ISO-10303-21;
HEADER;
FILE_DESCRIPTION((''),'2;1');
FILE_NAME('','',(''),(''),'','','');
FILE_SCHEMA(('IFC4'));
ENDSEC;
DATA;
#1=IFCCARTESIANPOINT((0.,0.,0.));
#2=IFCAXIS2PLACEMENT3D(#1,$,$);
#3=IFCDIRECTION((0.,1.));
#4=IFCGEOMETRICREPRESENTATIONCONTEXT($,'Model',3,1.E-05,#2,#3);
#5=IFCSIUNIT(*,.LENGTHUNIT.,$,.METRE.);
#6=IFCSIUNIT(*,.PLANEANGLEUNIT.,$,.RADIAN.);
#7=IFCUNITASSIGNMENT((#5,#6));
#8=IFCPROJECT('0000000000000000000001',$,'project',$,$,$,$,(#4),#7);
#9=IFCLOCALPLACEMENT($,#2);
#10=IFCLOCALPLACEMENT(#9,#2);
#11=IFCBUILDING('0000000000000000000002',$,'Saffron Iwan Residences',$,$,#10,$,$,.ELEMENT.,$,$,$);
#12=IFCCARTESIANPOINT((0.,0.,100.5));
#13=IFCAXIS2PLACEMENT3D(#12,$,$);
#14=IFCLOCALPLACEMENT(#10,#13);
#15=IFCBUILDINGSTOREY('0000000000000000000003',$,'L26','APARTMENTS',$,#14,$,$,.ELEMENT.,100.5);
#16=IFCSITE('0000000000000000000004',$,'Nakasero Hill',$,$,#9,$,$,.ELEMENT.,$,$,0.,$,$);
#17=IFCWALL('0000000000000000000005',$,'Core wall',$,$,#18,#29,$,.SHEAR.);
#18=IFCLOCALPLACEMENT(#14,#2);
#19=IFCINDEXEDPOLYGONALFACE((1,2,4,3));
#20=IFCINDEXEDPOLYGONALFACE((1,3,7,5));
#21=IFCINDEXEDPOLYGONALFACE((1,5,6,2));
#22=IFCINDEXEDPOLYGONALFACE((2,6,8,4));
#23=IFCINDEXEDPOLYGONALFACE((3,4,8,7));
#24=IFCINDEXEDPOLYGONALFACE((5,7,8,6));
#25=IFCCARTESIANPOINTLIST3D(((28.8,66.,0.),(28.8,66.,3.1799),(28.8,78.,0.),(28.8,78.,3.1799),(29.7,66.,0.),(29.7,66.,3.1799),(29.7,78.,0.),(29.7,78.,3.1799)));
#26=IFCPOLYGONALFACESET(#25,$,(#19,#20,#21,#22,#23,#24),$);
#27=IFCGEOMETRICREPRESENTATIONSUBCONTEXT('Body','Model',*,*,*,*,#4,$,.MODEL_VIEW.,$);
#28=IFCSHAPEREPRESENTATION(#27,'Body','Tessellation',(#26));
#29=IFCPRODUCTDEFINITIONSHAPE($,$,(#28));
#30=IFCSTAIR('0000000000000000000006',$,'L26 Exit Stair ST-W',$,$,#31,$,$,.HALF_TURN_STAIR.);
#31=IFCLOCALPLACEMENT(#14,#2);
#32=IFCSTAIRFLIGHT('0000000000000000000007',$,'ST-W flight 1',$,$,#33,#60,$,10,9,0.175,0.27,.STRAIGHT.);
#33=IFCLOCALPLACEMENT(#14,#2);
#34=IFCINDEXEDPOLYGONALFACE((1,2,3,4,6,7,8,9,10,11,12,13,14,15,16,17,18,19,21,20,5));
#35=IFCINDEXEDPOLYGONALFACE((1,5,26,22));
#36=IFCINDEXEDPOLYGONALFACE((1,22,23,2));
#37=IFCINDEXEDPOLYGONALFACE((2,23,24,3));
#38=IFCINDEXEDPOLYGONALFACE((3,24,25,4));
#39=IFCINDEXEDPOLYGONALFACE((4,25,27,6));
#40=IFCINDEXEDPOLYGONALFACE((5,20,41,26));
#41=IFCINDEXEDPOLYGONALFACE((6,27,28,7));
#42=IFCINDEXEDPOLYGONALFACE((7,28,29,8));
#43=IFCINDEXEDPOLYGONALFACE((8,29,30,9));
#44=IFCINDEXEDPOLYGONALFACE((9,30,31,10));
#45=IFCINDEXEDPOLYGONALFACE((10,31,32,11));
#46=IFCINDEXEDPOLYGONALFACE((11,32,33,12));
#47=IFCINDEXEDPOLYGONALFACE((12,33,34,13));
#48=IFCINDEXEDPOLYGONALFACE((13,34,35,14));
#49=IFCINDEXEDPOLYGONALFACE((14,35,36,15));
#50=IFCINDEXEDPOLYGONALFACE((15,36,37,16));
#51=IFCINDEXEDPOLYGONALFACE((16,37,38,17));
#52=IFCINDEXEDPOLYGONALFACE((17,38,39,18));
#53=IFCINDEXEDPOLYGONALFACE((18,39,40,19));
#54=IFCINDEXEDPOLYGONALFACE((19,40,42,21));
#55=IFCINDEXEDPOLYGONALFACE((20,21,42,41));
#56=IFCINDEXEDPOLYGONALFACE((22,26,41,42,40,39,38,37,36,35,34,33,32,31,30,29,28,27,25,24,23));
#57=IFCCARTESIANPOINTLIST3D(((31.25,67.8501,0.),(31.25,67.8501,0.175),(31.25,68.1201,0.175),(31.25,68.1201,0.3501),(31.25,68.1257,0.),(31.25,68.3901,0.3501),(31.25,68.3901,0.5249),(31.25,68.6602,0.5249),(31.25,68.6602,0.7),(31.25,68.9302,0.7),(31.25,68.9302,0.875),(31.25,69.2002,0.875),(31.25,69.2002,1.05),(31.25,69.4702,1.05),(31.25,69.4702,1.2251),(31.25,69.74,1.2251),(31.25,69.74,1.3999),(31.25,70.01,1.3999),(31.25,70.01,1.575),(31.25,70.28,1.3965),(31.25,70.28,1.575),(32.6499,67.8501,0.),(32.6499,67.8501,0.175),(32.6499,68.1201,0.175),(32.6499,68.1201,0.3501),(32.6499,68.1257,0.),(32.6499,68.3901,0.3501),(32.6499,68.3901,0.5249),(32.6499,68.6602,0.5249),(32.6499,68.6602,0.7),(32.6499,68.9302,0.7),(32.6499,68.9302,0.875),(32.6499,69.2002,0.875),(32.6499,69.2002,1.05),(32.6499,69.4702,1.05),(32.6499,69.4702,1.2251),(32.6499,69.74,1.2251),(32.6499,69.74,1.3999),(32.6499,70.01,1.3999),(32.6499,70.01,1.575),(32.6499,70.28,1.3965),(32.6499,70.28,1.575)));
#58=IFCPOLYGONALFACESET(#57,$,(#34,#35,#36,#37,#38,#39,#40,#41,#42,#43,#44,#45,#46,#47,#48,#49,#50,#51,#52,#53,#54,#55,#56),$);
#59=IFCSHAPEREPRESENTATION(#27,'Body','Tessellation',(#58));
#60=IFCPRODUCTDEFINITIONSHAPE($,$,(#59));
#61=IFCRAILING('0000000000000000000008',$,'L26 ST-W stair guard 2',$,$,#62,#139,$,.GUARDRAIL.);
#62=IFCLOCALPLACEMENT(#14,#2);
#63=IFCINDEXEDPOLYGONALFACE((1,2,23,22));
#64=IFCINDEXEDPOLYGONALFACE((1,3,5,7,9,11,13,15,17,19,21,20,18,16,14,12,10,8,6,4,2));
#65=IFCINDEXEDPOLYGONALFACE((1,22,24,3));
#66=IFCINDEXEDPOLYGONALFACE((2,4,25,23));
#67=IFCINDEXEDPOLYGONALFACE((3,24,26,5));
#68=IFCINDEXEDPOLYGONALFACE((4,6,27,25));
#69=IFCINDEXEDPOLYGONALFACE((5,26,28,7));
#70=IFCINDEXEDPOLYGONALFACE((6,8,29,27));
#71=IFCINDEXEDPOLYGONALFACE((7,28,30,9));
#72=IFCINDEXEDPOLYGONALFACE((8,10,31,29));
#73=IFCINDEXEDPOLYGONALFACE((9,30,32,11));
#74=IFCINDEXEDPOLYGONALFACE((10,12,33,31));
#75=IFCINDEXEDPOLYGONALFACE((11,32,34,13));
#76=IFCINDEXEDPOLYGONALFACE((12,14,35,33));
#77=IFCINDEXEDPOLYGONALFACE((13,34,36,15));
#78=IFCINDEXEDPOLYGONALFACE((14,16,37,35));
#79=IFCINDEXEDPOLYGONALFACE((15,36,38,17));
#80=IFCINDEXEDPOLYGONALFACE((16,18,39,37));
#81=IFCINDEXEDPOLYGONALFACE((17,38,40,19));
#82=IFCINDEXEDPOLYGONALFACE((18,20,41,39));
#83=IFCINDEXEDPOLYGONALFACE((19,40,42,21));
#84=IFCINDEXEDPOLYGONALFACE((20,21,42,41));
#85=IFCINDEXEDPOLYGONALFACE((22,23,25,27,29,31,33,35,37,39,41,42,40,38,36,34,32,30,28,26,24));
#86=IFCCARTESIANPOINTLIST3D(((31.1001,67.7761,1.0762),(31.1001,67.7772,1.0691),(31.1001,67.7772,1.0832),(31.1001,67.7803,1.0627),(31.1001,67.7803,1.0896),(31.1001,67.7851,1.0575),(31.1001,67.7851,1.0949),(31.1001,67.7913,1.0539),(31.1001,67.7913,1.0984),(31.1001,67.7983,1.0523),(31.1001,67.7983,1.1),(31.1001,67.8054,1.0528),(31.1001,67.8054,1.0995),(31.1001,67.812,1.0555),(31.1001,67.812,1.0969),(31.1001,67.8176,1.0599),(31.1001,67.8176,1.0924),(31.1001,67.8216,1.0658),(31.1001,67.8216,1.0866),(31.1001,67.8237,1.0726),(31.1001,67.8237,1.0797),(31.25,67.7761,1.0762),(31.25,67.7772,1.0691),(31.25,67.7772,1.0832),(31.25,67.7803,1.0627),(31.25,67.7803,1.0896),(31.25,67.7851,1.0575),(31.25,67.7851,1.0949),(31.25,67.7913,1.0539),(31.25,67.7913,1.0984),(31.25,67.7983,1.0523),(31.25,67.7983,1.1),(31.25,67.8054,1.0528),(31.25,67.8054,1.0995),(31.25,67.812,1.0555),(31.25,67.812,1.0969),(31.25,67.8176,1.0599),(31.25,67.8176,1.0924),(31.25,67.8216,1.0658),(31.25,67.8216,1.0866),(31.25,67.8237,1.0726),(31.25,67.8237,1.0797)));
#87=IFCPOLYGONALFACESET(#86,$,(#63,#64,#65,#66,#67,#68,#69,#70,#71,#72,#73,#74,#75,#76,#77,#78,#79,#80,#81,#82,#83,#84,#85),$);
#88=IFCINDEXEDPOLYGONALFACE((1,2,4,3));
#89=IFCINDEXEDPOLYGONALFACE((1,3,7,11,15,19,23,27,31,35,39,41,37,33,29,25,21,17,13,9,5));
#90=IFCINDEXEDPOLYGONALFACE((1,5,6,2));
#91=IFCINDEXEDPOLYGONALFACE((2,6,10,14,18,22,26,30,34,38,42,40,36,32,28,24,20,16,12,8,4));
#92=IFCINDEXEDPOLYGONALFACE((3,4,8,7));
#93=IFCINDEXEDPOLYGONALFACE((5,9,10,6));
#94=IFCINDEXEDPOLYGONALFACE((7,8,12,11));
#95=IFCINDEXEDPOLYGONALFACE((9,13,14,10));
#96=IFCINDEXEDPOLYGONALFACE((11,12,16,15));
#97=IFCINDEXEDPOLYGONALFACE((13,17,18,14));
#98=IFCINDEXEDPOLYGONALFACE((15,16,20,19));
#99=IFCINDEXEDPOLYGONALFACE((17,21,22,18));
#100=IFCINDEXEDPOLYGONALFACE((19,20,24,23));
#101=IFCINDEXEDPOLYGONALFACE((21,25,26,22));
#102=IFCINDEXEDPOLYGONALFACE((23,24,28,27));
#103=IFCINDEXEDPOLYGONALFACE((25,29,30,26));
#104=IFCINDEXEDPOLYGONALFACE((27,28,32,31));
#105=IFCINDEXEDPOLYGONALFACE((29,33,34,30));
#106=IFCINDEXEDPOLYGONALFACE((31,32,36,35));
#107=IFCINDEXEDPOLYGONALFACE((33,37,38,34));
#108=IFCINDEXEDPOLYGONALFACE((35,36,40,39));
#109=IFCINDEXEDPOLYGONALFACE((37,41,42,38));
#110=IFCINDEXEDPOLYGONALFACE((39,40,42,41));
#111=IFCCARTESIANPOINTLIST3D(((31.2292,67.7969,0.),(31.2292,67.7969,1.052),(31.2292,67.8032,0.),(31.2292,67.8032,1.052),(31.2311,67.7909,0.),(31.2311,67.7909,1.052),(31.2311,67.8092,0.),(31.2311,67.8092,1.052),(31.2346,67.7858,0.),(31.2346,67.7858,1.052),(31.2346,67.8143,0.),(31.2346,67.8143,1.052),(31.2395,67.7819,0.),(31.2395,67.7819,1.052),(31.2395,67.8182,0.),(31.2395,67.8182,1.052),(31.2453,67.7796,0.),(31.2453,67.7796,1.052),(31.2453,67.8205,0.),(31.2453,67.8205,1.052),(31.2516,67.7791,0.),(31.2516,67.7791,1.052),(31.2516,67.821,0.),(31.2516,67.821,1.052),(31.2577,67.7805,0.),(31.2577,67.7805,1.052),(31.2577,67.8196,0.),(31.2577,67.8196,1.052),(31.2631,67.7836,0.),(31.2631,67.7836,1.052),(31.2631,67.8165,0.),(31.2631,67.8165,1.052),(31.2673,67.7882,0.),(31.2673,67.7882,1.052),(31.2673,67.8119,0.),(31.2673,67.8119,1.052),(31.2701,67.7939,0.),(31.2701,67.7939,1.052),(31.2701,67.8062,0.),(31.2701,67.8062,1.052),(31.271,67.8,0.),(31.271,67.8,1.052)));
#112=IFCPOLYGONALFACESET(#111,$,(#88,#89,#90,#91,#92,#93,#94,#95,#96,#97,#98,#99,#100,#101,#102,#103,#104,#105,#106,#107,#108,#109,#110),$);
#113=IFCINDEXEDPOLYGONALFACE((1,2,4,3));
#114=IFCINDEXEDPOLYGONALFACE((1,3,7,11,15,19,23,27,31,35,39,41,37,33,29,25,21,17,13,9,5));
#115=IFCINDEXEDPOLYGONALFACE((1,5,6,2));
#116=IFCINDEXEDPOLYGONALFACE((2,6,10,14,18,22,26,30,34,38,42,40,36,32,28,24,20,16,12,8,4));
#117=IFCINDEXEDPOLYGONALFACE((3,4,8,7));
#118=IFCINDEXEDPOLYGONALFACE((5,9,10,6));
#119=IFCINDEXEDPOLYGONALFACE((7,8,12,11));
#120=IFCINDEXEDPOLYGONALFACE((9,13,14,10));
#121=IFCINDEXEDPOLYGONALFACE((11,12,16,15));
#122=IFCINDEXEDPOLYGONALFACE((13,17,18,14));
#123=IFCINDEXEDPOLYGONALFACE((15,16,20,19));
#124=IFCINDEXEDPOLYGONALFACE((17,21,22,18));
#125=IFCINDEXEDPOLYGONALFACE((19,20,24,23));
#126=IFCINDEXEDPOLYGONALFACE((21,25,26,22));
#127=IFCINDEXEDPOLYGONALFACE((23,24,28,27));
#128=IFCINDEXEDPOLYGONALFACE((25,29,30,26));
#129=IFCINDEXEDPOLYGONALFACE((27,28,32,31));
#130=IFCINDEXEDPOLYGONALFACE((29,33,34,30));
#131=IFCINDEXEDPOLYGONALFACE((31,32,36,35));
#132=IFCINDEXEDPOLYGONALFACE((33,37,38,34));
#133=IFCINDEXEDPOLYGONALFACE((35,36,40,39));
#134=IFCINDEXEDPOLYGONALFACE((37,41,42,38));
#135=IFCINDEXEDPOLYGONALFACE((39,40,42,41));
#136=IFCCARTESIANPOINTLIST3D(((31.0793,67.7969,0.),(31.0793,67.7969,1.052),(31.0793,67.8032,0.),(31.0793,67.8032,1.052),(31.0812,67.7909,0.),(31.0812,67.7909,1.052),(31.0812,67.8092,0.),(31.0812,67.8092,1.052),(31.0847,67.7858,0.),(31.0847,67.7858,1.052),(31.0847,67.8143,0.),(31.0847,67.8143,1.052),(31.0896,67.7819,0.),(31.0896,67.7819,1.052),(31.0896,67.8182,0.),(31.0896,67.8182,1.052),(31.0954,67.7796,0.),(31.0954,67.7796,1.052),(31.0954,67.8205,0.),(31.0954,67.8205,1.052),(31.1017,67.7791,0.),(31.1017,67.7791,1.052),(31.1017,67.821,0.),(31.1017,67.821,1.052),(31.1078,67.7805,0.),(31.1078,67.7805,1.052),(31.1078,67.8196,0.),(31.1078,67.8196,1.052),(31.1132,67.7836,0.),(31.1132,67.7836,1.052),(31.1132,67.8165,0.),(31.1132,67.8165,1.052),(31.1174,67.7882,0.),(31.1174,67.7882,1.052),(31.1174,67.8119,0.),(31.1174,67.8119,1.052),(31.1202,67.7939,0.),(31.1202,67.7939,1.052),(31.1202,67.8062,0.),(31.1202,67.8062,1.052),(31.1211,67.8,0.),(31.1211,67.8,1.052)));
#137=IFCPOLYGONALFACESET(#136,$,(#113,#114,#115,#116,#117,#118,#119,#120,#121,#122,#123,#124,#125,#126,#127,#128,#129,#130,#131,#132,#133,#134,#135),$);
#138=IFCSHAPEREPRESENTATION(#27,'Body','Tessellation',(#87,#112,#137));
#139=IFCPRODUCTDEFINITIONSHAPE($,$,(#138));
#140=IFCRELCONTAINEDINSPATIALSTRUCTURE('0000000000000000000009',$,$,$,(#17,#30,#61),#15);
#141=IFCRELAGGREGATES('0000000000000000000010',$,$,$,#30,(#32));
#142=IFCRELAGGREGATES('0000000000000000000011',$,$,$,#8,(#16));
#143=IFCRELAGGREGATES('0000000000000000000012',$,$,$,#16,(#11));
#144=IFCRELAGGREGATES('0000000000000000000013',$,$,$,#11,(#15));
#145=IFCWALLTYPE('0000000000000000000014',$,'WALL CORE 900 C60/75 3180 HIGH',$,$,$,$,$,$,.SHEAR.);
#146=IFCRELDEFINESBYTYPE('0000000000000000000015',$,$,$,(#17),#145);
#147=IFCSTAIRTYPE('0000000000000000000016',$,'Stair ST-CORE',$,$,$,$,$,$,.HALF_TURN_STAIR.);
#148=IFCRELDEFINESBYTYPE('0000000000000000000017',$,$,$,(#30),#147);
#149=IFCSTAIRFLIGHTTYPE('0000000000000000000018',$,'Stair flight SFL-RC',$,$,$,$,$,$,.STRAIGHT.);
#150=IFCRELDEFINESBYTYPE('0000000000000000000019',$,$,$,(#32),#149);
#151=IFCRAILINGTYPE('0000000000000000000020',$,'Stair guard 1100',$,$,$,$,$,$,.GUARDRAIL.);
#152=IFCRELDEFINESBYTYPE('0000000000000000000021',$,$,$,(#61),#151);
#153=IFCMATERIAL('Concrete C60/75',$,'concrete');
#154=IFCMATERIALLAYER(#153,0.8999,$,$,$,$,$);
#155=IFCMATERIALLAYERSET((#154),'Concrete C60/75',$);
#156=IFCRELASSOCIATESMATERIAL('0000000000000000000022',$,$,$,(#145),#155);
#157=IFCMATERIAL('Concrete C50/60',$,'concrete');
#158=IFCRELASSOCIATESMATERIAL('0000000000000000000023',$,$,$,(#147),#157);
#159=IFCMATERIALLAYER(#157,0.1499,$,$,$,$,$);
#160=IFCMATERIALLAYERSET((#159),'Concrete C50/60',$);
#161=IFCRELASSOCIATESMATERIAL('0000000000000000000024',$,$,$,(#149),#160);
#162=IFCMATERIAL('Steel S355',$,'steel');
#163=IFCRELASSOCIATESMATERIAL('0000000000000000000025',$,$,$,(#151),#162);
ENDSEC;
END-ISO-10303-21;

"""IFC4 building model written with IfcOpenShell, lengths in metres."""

from ifc_helpers import new_model, si_unit, direction, frame, frame_2d, origin, origin_2d, place, context, subcontext, project, spatial, polyline, rectangle, circle, outline, extrude, material, layer, layer_set, type_object, element, aggregate, save


model = new_model("IFC4")

# Units and contexts
model_context = context("Model", 3, precision=1e-05, world=origin(), true_north=direction((0.0, 1.0)))
body_context = subcontext(model_context, "Body", "Model", "MODEL_VIEW")
ifc_project = project(units=[si_unit("LENGTHUNIT", "METRE"), si_unit("PLANEANGLEUNIT", "RADIAN")], contexts=[model_context])

# Site, building, storey
site_placement = place(None, origin())
site = spatial("IfcSite", under=ifc_project, at=site_placement, Name="Nakasero Hill", CompositionType="ELEMENT", RefElevation=0.0)
building_placement = place(site_placement, origin())
building = spatial("IfcBuilding", under=site, at=building_placement, Name="Saffron Iwan Residences", CompositionType="ELEMENT")
storey_placement = place(building_placement, frame((0.0, 0.0, 100.5)))
storey = spatial("IfcBuildingStorey", under=building, at=storey_placement, Name="L26", Description="APARTMENTS", CompositionType="ELEMENT", Elevation=100.5)

# Shared definitions
ifc_material_1 = material(Name="Concrete C60/75", Category="concrete")

# Wall
ifc_layer_1 = layer(ifc_material_1, 0.8999)
ifc_layer_set_1 = layer_set([ifc_layer_1], Name="Concrete C60/75")
wall_type_1 = type_object("IfcWallType", Name="WALL CORE 900 C60/75 3180 HIGH", PredefinedType="SHEAR", material=ifc_layer_set_1)
wall_1_placement = place(storey_placement, frame((29.25, 66.0, 0.0), z_axis=(0.0, 0.0, 1.0), x_axis=(0.0, 1.0, 0.0)))
element("IfcWall", 1, at=wall_1_placement, inside=storey, type_object=wall_type_1, Name="Core wall", PredefinedType="SHEAR", context=body_context, shape_type="SweptSolid", body=[
    extrude(rectangle(XDim=12.0, YDim=0.8999, at=frame_2d((6.0, 0.0))), origin(), (0.0, 0.0, 1.0), 3.1799),
])

# Stair, stair flight
ifc_material_2 = material(Name="Concrete C50/60", Category="concrete")
stair_type = type_object("IfcStairType", Name="Stair ST-CORE", PredefinedType="HALF_TURN_STAIR", material=ifc_material_2)
stair_placement = place(storey_placement, origin())
stair = element("IfcStair", 2, at=stair_placement, inside=storey, type_object=stair_type, Name="L26 Exit Stair ST-W", PredefinedType="HALF_TURN_STAIR")
ifc_layer_2 = layer(ifc_material_2, 0.1499)
ifc_layer_set_2 = layer_set([ifc_layer_2], Name="Concrete C50/60")
stair_flight_type = type_object("IfcStairFlightType", Name="Stair flight SFL-RC", PredefinedType="STRAIGHT", material=ifc_layer_set_2)
stair_flight_placement = place(storey_placement, frame((31.95, 67.8501, 0.0), z_axis=(0.0, 0.0, 1.0), x_axis=(0.0, 1.0, 0.0)))
stair_flight = element("IfcStairFlight", 3, at=stair_flight_placement, type_object=stair_flight_type, Name="ST-W flight 1", NumberOfRisers=10, NumberOfTreads=9, PredefinedType="STRAIGHT", RiserHeight=0.175, TreadLength=0.27, context=body_context, shape_type="SweptSolid", body=[
    extrude(outline(polyline([(0.0, 0.0), (0.0, 0.175), (0.27, 0.175), (0.27, 0.3501), (0.54, 0.3501), (0.54, 0.5249), (0.8101, 0.5249), (0.8101, 0.7), (1.0801, 0.7), (1.0801, 0.875), (1.3501, 0.875), (1.3501, 1.05), (1.6201, 1.05), (1.6201, 1.2251), (1.8899, 1.2251), (1.8899, 1.3999), (2.1599, 1.3999), (2.1599, 1.575), (2.4299, 1.575), (2.4299, 1.75), (2.4299, 1.3965), (0.2756, 0.0), (0.0, 0.0)])), frame((0.0, 0.7, 0.0), z_axis=(0.0, -1.0, 0.0), x_axis=(1.0, 0.0, 0.0)), (0.0, 0.0, 1.0), 1.3999),
])
aggregate(stair, [stair_flight])

# Railing
ifc_material_3 = material(Name="Steel S355", Category="steel")
railing_type_1 = type_object("IfcRailingType", Name="Stair guard 1100", PredefinedType="GUARDRAIL", material=ifc_material_3)
railing_1_placement = place(storey_placement, frame((31.25, 67.8, 0.0)))
element("IfcRailing", 4, at=railing_1_placement, inside=storey, type_object=railing_type_1, Name="L26 ST-W stair guard 2", PredefinedType="GUARDRAIL", context=body_context, shape_type="SweptSolid", body=[
    extrude(circle(Radius=0.0239, at=origin_2d()), frame((0.0, 0.0, 1.0762), z_axis=(-1.0, 0.0, 0.0), x_axis=(0.0, -1.0, 0.0)), (0.0, 0.0, 1.0), 0.1499),
    extrude(circle(Radius=0.021, at=origin_2d()), origin(), (0.0, 0.0, 1.0), 1.052),
    extrude(circle(Radius=0.021, at=origin_2d()), frame((-0.1499, 0.0, 0.0)), (0.0, 0.0, 1.0), 1.052),
])

save(model, "model.ifc")
